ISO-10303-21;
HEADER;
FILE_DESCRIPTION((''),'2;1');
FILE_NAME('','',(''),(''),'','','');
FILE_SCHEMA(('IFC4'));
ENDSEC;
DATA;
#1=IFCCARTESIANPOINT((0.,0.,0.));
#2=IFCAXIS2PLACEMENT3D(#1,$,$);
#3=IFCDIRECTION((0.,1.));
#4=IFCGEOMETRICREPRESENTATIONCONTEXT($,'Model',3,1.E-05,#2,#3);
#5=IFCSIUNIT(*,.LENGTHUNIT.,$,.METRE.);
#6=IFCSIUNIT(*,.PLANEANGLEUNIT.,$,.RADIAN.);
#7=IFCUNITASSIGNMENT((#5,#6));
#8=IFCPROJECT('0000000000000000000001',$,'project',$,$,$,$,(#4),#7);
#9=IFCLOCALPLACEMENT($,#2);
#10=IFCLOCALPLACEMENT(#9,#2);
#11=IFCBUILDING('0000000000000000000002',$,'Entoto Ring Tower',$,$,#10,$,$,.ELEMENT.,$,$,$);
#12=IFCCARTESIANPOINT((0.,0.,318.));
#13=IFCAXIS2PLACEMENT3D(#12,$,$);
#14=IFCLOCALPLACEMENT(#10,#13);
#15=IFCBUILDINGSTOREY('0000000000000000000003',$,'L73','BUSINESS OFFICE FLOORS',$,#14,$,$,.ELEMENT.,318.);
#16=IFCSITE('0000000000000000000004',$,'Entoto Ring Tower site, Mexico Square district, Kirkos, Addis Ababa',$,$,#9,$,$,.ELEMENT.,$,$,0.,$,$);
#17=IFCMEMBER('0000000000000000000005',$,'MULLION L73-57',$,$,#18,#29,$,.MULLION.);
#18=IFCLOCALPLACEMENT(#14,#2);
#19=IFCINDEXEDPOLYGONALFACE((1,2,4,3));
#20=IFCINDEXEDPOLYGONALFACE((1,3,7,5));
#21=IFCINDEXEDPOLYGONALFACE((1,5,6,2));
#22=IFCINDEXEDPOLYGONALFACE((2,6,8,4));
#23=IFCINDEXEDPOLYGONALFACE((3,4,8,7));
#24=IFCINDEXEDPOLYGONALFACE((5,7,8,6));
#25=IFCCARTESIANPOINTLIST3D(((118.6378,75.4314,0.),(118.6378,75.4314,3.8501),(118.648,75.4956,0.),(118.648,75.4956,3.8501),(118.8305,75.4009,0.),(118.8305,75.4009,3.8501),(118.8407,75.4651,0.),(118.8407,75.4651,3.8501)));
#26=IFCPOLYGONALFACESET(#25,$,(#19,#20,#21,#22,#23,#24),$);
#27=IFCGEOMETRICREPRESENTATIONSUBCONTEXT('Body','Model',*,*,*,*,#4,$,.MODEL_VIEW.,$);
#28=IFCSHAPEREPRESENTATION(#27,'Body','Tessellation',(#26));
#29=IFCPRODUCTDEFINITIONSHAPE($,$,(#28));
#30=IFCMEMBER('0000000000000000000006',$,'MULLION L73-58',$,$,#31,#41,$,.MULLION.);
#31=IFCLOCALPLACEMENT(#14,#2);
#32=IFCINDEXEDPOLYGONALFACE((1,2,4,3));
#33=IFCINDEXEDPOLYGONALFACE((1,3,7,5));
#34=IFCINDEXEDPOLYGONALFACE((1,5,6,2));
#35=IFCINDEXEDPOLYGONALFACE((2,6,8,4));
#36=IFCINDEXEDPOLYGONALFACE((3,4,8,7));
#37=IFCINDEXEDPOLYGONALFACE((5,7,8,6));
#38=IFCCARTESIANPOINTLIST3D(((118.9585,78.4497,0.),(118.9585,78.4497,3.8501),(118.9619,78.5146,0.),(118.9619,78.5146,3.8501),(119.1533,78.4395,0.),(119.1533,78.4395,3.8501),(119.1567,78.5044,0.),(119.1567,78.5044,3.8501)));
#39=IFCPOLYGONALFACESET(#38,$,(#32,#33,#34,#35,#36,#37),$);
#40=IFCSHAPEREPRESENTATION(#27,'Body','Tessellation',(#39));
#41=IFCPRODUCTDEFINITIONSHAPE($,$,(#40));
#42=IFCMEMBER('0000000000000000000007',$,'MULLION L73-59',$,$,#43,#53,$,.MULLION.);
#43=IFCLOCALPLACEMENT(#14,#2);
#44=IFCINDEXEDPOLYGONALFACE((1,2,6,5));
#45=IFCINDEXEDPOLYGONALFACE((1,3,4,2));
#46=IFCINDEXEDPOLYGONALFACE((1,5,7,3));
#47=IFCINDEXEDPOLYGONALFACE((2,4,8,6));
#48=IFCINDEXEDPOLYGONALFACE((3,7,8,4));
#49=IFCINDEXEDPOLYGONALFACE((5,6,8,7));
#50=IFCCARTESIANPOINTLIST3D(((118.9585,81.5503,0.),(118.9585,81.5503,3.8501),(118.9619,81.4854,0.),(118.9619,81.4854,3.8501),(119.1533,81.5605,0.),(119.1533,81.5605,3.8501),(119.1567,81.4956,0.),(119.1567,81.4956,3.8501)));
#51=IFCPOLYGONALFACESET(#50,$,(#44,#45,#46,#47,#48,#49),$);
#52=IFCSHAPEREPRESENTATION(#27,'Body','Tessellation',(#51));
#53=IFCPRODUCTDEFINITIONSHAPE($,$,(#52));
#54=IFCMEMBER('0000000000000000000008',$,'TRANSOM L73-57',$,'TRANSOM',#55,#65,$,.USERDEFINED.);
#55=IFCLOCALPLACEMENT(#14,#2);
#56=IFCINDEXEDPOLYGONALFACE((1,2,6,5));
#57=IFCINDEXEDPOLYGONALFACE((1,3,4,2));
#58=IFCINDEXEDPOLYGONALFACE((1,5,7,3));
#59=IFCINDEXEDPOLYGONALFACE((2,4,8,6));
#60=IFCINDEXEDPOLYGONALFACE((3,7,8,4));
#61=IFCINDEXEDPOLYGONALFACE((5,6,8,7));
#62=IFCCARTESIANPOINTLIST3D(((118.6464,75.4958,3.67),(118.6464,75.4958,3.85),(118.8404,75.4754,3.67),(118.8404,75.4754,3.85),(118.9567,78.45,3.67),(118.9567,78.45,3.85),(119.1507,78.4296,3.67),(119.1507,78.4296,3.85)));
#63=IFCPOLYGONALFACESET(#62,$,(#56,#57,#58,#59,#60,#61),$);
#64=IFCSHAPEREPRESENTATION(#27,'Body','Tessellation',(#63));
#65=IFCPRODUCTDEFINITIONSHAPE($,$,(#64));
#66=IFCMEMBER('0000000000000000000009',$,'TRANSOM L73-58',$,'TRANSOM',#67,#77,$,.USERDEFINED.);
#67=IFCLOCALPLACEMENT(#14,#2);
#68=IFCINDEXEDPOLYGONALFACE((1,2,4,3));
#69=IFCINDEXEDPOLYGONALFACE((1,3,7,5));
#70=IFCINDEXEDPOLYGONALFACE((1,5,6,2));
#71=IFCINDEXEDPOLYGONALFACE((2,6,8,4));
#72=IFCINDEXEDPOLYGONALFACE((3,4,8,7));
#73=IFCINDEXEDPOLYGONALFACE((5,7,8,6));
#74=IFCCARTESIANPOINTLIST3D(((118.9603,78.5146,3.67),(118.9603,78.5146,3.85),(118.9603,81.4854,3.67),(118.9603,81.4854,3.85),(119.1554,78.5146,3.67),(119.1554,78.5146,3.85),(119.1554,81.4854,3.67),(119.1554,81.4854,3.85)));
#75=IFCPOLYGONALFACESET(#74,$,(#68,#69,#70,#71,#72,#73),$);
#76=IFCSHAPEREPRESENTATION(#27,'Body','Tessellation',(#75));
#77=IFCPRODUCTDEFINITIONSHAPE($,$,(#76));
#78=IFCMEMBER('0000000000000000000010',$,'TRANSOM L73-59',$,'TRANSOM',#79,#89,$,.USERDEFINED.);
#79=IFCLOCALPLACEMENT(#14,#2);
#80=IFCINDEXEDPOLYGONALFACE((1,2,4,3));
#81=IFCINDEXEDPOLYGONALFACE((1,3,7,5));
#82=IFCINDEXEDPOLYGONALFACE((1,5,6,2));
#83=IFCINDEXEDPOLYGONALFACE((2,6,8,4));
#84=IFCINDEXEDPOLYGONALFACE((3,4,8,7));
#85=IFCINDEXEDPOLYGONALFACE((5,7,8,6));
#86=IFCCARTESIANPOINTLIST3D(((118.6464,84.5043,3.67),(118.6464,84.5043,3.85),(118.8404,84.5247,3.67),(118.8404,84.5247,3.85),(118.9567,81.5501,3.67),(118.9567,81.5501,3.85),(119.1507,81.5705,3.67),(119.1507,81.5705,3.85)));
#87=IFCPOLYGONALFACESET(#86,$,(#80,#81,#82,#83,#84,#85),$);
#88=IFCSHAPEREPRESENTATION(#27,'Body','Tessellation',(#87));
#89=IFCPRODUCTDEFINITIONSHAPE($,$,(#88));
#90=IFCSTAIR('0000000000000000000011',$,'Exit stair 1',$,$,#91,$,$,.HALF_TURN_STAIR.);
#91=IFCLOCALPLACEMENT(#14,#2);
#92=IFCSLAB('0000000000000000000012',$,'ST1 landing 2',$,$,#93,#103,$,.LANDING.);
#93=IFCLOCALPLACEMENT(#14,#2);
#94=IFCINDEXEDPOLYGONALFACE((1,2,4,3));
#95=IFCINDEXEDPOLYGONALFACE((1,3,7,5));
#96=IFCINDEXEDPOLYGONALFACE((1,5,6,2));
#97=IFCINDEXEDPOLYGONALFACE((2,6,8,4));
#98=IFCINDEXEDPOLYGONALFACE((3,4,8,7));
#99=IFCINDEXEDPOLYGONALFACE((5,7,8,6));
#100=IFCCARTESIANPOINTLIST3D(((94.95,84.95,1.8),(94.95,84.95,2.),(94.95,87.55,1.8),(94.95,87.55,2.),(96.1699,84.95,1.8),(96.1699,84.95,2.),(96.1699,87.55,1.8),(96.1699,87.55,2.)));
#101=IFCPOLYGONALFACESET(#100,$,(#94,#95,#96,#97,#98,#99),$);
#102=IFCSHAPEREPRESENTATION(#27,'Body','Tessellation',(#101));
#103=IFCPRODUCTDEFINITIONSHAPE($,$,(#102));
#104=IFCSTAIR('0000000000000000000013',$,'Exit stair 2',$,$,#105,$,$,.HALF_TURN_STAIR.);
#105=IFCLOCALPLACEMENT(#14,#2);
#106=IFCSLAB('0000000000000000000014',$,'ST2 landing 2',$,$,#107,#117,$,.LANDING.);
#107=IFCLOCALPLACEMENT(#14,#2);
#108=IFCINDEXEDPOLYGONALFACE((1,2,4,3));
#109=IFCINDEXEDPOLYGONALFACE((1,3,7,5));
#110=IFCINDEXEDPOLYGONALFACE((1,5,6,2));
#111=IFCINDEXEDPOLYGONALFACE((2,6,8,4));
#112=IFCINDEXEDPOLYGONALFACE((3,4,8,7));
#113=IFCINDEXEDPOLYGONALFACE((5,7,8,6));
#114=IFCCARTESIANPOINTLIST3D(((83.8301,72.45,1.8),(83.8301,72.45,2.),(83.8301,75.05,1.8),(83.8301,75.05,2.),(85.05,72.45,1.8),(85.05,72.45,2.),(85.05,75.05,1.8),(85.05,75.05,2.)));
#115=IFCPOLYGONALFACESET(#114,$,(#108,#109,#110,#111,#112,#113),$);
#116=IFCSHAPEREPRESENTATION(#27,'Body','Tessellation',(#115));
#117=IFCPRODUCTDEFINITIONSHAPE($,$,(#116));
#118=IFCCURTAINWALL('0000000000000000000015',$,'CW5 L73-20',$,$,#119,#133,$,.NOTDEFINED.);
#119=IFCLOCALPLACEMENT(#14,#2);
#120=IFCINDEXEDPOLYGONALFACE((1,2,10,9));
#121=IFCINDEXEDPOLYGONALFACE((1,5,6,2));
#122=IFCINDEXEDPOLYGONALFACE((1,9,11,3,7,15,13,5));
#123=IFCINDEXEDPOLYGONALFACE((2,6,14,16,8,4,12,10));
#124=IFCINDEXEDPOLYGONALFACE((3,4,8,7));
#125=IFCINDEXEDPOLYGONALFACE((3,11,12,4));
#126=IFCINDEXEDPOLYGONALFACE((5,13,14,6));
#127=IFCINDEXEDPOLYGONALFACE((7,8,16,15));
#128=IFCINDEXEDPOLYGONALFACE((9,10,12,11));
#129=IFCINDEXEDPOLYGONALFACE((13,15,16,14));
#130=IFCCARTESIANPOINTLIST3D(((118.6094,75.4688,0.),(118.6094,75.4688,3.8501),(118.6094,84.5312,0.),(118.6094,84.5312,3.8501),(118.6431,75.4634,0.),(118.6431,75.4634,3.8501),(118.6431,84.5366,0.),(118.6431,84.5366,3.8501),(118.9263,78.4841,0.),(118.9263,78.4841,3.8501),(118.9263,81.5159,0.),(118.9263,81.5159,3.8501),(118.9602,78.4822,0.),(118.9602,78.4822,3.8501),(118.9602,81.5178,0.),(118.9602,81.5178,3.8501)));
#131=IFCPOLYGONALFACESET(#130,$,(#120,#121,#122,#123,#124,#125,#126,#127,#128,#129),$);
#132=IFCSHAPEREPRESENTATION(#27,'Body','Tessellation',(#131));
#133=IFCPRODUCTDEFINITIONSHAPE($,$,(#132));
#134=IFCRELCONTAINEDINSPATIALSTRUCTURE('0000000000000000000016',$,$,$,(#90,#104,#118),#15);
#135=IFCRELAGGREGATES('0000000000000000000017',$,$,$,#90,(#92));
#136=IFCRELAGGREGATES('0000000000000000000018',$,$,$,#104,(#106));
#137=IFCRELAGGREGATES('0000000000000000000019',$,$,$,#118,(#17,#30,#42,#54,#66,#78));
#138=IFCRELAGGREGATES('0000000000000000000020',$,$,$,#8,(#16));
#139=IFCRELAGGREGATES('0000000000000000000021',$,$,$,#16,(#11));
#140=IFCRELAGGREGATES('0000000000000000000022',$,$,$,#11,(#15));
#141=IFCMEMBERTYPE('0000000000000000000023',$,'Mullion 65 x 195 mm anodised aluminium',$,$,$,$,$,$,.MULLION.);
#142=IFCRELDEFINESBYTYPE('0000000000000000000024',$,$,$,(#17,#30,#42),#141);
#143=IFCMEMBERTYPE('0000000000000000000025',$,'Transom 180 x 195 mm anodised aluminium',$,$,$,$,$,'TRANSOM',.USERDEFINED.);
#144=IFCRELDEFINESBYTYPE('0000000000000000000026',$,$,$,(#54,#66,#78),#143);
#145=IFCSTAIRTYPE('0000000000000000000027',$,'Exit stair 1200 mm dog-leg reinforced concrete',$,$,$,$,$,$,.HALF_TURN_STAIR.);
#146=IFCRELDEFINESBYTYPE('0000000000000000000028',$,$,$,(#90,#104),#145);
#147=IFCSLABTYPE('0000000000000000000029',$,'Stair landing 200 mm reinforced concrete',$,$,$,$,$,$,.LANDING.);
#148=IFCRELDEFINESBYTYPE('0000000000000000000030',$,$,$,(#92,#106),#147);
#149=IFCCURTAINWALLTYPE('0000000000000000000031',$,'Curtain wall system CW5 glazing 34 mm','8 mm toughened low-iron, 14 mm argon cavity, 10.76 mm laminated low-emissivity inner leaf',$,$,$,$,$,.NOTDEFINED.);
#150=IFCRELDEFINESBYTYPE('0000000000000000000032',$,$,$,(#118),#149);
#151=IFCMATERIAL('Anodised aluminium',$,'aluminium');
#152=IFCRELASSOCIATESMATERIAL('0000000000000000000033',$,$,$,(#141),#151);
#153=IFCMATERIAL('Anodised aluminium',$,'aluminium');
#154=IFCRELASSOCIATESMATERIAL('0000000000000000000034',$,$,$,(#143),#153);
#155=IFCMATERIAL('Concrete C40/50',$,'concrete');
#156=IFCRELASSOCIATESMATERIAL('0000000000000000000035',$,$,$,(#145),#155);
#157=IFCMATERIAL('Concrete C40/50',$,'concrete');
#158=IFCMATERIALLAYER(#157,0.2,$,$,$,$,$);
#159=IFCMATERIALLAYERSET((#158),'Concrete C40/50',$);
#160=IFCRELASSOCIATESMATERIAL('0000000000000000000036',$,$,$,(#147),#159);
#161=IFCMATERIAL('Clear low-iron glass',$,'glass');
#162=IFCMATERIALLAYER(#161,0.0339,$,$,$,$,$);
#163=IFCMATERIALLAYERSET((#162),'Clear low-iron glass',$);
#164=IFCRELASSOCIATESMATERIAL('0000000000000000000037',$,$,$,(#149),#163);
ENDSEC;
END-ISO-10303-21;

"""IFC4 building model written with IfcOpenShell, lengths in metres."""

from ifc_helpers import new_model, si_unit, direction, frame, origin, origin_2d, place, context, subcontext, project, spatial, polyline, rectangle, outline, extrude, material, layer, layer_set, material_profile, profile_set, type_object, element, aggregate, save


model = new_model("IFC4")

# Units and contexts
model_context = context("Model", 3, precision=1e-05, world=origin(), true_north=direction((0.0, 1.0)))
body_context = subcontext(model_context, "Body", "Model", "MODEL_VIEW")
ifc_project = project(units=[si_unit("LENGTHUNIT", "METRE"), si_unit("PLANEANGLEUNIT", "RADIAN")], contexts=[model_context])

# Members
ifc_material_1 = material(Name="Anodised aluminium", Category="aluminium")
ifc_material_profile_1 = material_profile(ifc_material_1, rectangle(XDim=0.0649, YDim=0.1951, at=origin_2d()), Name="Mullion 65 x 195 mm anodised aluminium")
ifc_profile_set_1 = profile_set([ifc_material_profile_1], Name="Anodised aluminium")
member_type_1 = type_object("IfcMemberType", Name="Mullion 65 x 195 mm anodised aluminium", PredefinedType="MULLION", material=ifc_profile_set_1)
site_placement = place(None, origin())
building_placement = place(site_placement, origin())
storey_placement = place(building_placement, frame((0.0, 0.0, 318.0)))
member_1_placement = place(storey_placement, frame((118.7393, 75.4482, 0.0), z_axis=(0.0, 0.0, 1.0), x_axis=(0.156434, 0.987688, 0.0)))
member_1 = element("IfcMember", 1, at=member_1_placement, type_object=member_type_1, Name="MULLION L73-57", PredefinedType="MULLION", context=body_context, shape_type="SweptSolid", body=[
    extrude(rectangle(XDim=0.0649, YDim=0.1951, at=origin_2d()), origin(), (0.0, 0.0, 1.0), 3.8501),
])
member_2_placement = place(storey_placement, frame((119.0576, 78.4771, 0.0), z_axis=(0.0, 0.0, 1.0), x_axis=(0.052336, 0.99863, 0.0)))
member_2 = element("IfcMember", 2, at=member_2_placement, type_object=member_type_1, Name="MULLION L73-58", PredefinedType="MULLION", context=body_context, shape_type="SweptSolid", body=[
    extrude(rectangle(XDim=0.0649, YDim=0.1951, at=origin_2d()), origin(), (0.0, 0.0, 1.0), 3.8501),
])
member_3_placement = place(storey_placement, frame((119.0576, 81.5229, 0.0), z_axis=(0.0, 0.0, 1.0), x_axis=(-0.052336, 0.99863, 0.0)))
member_3 = element("IfcMember", 3, at=member_3_placement, type_object=member_type_1, Name="MULLION L73-59", PredefinedType="MULLION", context=body_context, shape_type="SweptSolid", body=[
    extrude(rectangle(XDim=0.0649, YDim=0.1951, at=origin_2d()), origin(), (0.0, 0.0, 1.0), 3.8501),
])
ifc_material_2 = material(Name="Anodised aluminium", Category="aluminium")
ifc_material_profile_2 = material_profile(ifc_material_2, rectangle(XDim=0.1951, YDim=0.1799, at=origin_2d()), Name="Transom 180 x 195 mm anodised aluminium")
ifc_profile_set_2 = profile_set([ifc_material_profile_2], Name="Anodised aluminium")
member_type_2 = type_object("IfcMemberType", Name="Transom 180 x 195 mm anodised aluminium", ElementType="TRANSOM", PredefinedType="USERDEFINED", material=ifc_profile_set_2)
member_4_placement = place(storey_placement, frame((118.7434, 75.4856, 3.76), z_axis=(0.104467, 0.994528, 0.0), x_axis=(-0.994528, 0.104467, 0.0)))
member_4 = element("IfcMember", 4, at=member_4_placement, type_object=member_type_2, Name="TRANSOM L73-57", ObjectType="TRANSOM", PredefinedType="USERDEFINED", context=body_context, shape_type="SweptSolid", body=[
    extrude(rectangle(XDim=0.1951, YDim=0.1799, at=origin_2d()), origin(), (0.0, 0.0, 1.0), 2.9705),
])
member_5_placement = place(storey_placement, frame((119.0579, 78.5146, 3.76), z_axis=(0.0, 1.0, 0.0), x_axis=(-1.0, 0.0, 0.0)))
member_5 = element("IfcMember", 5, at=member_5_placement, type_object=member_type_2, Name="TRANSOM L73-58", ObjectType="TRANSOM", PredefinedType="USERDEFINED", context=body_context, shape_type="SweptSolid", body=[
    extrude(rectangle(XDim=0.1951, YDim=0.1799, at=origin_2d()), origin(), (0.0, 0.0, 1.0), 2.9707),
])
member_6_placement = place(storey_placement, frame((119.0537, 81.5603, 3.76), z_axis=(-0.104467, 0.994528, 0.0), x_axis=(-0.994528, -0.104467, 0.0)))
member_6 = element("IfcMember", 6, at=member_6_placement, type_object=member_type_2, Name="TRANSOM L73-59", ObjectType="TRANSOM", PredefinedType="USERDEFINED", context=body_context, shape_type="SweptSolid", body=[
    extrude(rectangle(XDim=0.1951, YDim=0.1799, at=origin_2d()), origin(), (0.0, 0.0, 1.0), 2.9705),
])

# Site, building, storey
site = spatial("IfcSite", under=ifc_project, at=site_placement, Name="Entoto Ring Tower site, Mexico Square district, Kirkos, Addis Ababa", CompositionType="ELEMENT", RefElevation=0.0)
building = spatial("IfcBuilding", under=site, at=building_placement, Name="Entoto Ring Tower", CompositionType="ELEMENT")
storey = spatial("IfcBuildingStorey", under=building, at=storey_placement, Name="L73", Description="BUSINESS OFFICE FLOORS", CompositionType="ELEMENT", Elevation=318.0)

# Stairs, slabs
ifc_material_3 = material(Name="Concrete C40/50", Category="concrete")
stair_type = type_object("IfcStairType", Name="Exit stair 1200 mm dog-leg reinforced concrete", PredefinedType="HALF_TURN_STAIR", material=ifc_material_3)
stair_1_placement = place(storey_placement, origin())
stair_1 = element("IfcStair", 7, at=stair_1_placement, inside=storey, type_object=stair_type, Name="Exit stair 1", PredefinedType="HALF_TURN_STAIR")
ifc_material_4 = material(Name="Concrete C40/50", Category="concrete")
ifc_layer_1 = layer(ifc_material_4, 0.2)
ifc_layer_set_1 = layer_set([ifc_layer_1], Name="Concrete C40/50")
slab_type = type_object("IfcSlabType", Name="Stair landing 200 mm reinforced concrete", PredefinedType="LANDING", material=ifc_layer_set_1)
slab_1_placement = place(storey_placement, frame((0.0, 0.0, 1.8)))
slab_1 = element("IfcSlab", 8, at=slab_1_placement, type_object=slab_type, Name="ST1 landing 2", PredefinedType="LANDING", context=body_context, shape_type="SweptSolid", body=[
    extrude(outline(polyline([(94.95, 84.95), (96.1699, 84.95), (96.1699, 87.55), (94.95, 87.55), (94.95, 84.95)])), origin(), (0.0, 0.0, 1.0), 0.2),
])
aggregate(stair_1, [slab_1])
stair_2_placement = place(storey_placement, origin())
stair_2 = element("IfcStair", 9, at=stair_2_placement, inside=storey, type_object=stair_type, Name="Exit stair 2", PredefinedType="HALF_TURN_STAIR")
slab_2_placement = place(storey_placement, frame((0.0, 0.0, 1.8)))
slab_2 = element("IfcSlab", 10, at=slab_2_placement, type_object=slab_type, Name="ST2 landing 2", PredefinedType="LANDING", context=body_context, shape_type="SweptSolid", body=[
    extrude(outline(polyline([(83.8301, 72.45), (85.05, 72.45), (85.05, 75.05), (83.8301, 75.05), (83.8301, 72.45)])), origin(), (0.0, 0.0, 1.0), 0.2),
])
aggregate(stair_2, [slab_2])

# Curtain wall
ifc_material_5 = material(Name="Clear low-iron glass", Category="glass")
ifc_layer_2 = layer(ifc_material_5, 0.0339)
ifc_layer_set_2 = layer_set([ifc_layer_2], Name="Clear low-iron glass")
curtain_wall_type = type_object("IfcCurtainWallType", Name="Curtain wall system CW5 glazing 34 mm", Description="8 mm toughened low-iron, 14 mm argon cavity, 10.76 mm laminated low-emissivity inner leaf", PredefinedType="NOTDEFINED", material=ifc_layer_set_2)
curtain_wall_1_placement = place(storey_placement, origin())
curtain_wall_1 = element("IfcCurtainWall", 11, at=curtain_wall_1_placement, inside=storey, type_object=curtain_wall_type, Name="CW5 L73-20", PredefinedType="NOTDEFINED", context=body_context, shape_type="SweptSolid", body=[
    extrude(outline(polyline([(118.6431, 75.4634), (118.9602, 78.4822), (118.9602, 81.5178), (118.6431, 84.5366), (118.6094, 84.5312), (118.9263, 81.5159), (118.9263, 78.4841), (118.6094, 75.4688), (118.6431, 75.4634)])), origin(), (0.0, 0.0, 1.0), 3.8501),
])
aggregate(curtain_wall_1, [member_1, member_2, member_3, member_4, member_5, member_6])

save(model, "model.ifc")
